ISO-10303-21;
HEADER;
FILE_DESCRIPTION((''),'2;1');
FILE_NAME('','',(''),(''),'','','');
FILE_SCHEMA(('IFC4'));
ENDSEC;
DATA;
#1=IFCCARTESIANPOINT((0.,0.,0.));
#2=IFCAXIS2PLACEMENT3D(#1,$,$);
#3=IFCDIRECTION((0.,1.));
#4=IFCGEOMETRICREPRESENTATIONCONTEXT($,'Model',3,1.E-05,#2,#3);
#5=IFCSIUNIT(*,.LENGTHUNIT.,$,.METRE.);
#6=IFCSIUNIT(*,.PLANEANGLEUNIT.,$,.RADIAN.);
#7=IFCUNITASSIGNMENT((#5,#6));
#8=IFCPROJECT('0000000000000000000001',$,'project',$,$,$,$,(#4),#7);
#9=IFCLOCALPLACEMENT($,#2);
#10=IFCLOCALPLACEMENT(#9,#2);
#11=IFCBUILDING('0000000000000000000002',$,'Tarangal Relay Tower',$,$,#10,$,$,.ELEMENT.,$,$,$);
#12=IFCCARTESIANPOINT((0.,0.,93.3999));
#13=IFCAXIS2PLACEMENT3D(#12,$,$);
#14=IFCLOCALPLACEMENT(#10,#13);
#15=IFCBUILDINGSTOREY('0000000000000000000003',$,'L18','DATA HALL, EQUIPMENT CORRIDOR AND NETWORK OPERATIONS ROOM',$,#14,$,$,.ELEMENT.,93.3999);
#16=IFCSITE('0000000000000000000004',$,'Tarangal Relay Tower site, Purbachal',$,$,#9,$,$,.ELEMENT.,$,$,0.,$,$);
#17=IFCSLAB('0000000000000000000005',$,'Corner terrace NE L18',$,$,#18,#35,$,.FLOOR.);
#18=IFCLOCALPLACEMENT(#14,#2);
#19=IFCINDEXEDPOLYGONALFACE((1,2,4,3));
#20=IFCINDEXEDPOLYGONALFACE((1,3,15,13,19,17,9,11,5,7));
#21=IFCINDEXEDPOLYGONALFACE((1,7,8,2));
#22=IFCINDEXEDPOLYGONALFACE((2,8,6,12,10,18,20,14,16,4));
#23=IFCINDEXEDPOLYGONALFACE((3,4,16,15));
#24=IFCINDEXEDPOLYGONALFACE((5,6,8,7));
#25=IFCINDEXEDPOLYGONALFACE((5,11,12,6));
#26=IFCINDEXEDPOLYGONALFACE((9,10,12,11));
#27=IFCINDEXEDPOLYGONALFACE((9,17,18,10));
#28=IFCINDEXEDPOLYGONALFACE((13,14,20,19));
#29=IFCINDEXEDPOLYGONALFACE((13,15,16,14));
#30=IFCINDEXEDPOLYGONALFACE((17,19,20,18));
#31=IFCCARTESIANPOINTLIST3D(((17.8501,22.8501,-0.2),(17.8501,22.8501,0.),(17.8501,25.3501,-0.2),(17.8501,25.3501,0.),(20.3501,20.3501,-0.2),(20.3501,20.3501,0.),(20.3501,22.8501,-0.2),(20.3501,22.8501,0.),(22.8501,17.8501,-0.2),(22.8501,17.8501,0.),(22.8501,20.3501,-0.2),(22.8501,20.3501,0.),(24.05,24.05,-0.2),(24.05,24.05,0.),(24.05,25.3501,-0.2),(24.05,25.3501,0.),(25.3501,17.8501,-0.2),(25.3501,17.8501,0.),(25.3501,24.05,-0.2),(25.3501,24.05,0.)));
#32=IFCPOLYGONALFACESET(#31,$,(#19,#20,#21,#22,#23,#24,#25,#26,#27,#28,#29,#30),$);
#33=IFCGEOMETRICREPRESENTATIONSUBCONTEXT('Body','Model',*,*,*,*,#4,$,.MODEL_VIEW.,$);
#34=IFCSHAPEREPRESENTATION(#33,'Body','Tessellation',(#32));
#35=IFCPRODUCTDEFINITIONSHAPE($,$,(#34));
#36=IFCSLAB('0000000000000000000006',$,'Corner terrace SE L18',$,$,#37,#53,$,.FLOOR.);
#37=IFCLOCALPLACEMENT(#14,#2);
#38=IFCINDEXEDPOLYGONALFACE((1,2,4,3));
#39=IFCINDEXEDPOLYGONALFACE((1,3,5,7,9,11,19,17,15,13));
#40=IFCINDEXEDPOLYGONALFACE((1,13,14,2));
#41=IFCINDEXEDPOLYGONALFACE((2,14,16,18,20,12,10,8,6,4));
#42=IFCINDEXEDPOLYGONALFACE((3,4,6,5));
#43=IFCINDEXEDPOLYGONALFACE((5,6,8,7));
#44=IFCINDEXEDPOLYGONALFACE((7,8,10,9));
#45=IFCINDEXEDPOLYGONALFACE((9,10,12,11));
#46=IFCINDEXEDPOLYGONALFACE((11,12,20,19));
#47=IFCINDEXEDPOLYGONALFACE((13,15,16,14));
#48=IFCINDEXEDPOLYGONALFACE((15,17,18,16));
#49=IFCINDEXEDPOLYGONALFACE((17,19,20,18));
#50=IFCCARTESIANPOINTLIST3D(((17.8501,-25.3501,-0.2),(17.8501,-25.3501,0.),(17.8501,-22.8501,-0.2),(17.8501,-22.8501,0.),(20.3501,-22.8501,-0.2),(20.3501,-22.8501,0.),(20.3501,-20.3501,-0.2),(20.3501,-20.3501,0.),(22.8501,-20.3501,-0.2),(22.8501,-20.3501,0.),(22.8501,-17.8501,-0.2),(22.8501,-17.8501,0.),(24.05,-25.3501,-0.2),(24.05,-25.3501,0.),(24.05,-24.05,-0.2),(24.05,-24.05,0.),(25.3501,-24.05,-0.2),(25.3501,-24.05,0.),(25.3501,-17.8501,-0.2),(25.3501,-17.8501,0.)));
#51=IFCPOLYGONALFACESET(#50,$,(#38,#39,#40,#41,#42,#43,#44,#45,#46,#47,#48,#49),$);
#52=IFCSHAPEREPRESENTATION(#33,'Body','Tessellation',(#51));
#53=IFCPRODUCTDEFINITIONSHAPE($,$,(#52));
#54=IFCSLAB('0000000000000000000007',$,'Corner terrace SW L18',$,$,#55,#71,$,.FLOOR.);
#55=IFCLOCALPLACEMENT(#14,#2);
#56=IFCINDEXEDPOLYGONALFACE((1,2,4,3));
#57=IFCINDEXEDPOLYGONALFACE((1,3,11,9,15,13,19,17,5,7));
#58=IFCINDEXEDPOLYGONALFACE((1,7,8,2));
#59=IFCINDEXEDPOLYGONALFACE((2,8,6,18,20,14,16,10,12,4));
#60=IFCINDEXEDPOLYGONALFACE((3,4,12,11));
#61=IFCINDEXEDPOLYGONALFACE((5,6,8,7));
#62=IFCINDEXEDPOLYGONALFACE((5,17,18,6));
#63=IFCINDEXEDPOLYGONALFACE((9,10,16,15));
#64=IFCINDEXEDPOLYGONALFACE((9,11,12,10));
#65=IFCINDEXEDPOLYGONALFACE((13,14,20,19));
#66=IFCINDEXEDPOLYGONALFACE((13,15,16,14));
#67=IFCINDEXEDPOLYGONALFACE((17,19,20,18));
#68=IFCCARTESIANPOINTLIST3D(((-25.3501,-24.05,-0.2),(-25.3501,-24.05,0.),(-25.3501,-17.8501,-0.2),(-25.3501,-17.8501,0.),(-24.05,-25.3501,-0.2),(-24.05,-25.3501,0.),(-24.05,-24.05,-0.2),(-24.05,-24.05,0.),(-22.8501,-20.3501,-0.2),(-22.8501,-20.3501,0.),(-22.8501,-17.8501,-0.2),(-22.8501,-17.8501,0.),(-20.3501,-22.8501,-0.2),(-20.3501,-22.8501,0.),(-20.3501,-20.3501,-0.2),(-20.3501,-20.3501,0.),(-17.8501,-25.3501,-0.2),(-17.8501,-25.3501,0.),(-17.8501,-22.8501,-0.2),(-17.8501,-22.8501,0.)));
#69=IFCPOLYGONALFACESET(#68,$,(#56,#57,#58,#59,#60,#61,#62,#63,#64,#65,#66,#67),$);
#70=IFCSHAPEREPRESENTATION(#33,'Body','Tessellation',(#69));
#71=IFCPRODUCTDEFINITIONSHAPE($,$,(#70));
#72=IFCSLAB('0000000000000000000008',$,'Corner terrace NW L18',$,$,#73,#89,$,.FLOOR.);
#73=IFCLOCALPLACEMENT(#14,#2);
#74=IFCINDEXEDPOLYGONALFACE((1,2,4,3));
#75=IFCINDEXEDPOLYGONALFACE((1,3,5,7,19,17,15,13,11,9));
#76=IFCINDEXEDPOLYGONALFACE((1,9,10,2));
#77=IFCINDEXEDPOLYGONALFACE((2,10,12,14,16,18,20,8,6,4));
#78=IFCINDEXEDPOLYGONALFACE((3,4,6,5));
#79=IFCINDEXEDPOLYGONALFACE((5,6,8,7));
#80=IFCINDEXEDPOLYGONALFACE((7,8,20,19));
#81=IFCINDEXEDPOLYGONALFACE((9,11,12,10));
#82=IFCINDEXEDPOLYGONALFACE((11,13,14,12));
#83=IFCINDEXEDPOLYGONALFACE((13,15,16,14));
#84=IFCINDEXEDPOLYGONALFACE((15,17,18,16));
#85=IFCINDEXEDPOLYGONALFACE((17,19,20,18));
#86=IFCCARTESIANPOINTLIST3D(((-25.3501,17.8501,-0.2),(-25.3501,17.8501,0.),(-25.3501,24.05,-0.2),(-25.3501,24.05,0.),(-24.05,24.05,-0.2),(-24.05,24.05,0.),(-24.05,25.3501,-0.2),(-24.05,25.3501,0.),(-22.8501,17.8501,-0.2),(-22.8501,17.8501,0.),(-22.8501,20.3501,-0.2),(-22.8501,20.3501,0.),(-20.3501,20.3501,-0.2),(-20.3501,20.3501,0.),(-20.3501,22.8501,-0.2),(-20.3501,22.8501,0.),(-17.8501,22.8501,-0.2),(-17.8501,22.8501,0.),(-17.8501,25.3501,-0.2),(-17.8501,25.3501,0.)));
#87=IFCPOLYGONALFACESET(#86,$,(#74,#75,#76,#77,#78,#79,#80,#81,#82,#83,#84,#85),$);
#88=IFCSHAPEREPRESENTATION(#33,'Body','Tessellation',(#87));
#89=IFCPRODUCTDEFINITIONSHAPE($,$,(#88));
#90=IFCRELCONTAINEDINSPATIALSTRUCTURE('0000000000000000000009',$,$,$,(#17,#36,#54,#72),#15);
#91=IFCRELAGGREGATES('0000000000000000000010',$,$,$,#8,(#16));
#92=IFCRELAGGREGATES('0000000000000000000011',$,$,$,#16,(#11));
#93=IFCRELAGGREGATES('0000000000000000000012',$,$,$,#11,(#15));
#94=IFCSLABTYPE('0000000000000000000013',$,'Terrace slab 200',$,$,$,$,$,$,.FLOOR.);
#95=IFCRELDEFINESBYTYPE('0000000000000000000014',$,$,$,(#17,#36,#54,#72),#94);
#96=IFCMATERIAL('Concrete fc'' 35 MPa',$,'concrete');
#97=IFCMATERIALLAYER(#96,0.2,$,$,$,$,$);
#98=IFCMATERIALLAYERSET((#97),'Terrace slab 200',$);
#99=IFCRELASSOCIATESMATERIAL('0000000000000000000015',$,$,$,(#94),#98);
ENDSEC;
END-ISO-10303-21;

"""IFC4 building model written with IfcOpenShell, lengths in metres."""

from ifc_helpers import new_model, si_unit, direction, frame, origin, place, context, subcontext, project, spatial, polyline, outline, extrude, material, layer, layer_set, type_object, element, save


model = new_model("IFC4")

# Units and contexts
model_context = context("Model", 3, precision=1e-05, world=origin(), true_north=direction((0.0, 1.0)))
body_context = subcontext(model_context, "Body", "Model", "MODEL_VIEW")
ifc_project = project(units=[si_unit("LENGTHUNIT", "METRE"), si_unit("PLANEANGLEUNIT", "RADIAN")], contexts=[model_context])

# Site, building, storey
site_placement = place(None, origin())
site = spatial("IfcSite", under=ifc_project, at=site_placement, Name="Tarangal Relay Tower site, Purbachal", CompositionType="ELEMENT", RefElevation=0.0)
building_placement = place(site_placement, origin())
building = spatial("IfcBuilding", under=site, at=building_placement, Name="Tarangal Relay Tower", CompositionType="ELEMENT")
storey_placement = place(building_placement, frame((0.0, 0.0, 93.3999)))
storey = spatial("IfcBuildingStorey", under=building, at=storey_placement, Name="L18", Description="DATA HALL, EQUIPMENT CORRIDOR AND NETWORK OPERATIONS ROOM", CompositionType="ELEMENT", Elevation=93.3999)

# Slabs
ifc_material_1 = material(Name="Concrete fc' 35 MPa", Category="concrete")
ifc_layer_1 = layer(ifc_material_1, 0.2)
ifc_layer_set_1 = layer_set([ifc_layer_1], Name="Terrace slab 200")
slab_type = type_object("IfcSlabType", Name="Terrace slab 200", PredefinedType="FLOOR", material=ifc_layer_set_1)
slab_1_placement = place(storey_placement, frame((0.0, 0.0, -0.2)))
element("IfcSlab", 1, at=slab_1_placement, inside=storey, type_object=slab_type, Name="Corner terrace NE L18", PredefinedType="FLOOR", context=body_context, shape_type="SweptSolid", body=[
    extrude(outline(polyline([(17.8501, 25.3501), (17.8501, 22.8501), (20.3501, 22.8501), (20.3501, 20.3501), (22.8501, 20.3501), (22.8501, 17.8501), (25.3501, 17.8501), (25.3501, 24.05), (24.05, 24.05), (24.05, 25.3501), (17.8501, 25.3501)])), origin(), (0.0, 0.0, 1.0), 0.2),
])
slab_2_placement = place(storey_placement, frame((0.0, 0.0, -0.2)))
element("IfcSlab", 2, at=slab_2_placement, inside=storey, type_object=slab_type, Name="Corner terrace SE L18", PredefinedType="FLOOR", context=body_context, shape_type="SweptSolid", body=[
    extrude(outline(polyline([(25.3501, -17.8501), (22.8501, -17.8501), (22.8501, -20.3501), (20.3501, -20.3501), (20.3501, -22.8501), (17.8501, -22.8501), (17.8501, -25.3501), (24.05, -25.3501), (24.05, -24.05), (25.3501, -24.05), (25.3501, -17.8501)])), origin(), (0.0, 0.0, 1.0), 0.2),
])
slab_3_placement = place(storey_placement, frame((0.0, 0.0, -0.2)))
element("IfcSlab", 3, at=slab_3_placement, inside=storey, type_object=slab_type, Name="Corner terrace SW L18", PredefinedType="FLOOR", context=body_context, shape_type="SweptSolid", body=[
    extrude(outline(polyline([(-17.8501, -25.3501), (-17.8501, -22.8501), (-20.3501, -22.8501), (-20.3501, -20.3501), (-22.8501, -20.3501), (-22.8501, -17.8501), (-25.3501, -17.8501), (-25.3501, -24.05), (-24.05, -24.05), (-24.05, -25.3501), (-17.8501, -25.3501)])), origin(), (0.0, 0.0, 1.0), 0.2),
])
slab_4_placement = place(storey_placement, frame((0.0, 0.0, -0.2)))
element("IfcSlab", 4, at=slab_4_placement, inside=storey, type_object=slab_type, Name="Corner terrace NW L18", PredefinedType="FLOOR", context=body_context, shape_type="SweptSolid", body=[
    extrude(outline(polyline([(-25.3501, 17.8501), (-22.8501, 17.8501), (-22.8501, 20.3501), (-20.3501, 20.3501), (-20.3501, 22.8501), (-17.8501, 22.8501), (-17.8501, 25.3501), (-24.05, 25.3501), (-24.05, 24.05), (-25.3501, 24.05), (-25.3501, 17.8501)])), origin(), (0.0, 0.0, 1.0), 0.2),
])

save(model, "model.ifc")
